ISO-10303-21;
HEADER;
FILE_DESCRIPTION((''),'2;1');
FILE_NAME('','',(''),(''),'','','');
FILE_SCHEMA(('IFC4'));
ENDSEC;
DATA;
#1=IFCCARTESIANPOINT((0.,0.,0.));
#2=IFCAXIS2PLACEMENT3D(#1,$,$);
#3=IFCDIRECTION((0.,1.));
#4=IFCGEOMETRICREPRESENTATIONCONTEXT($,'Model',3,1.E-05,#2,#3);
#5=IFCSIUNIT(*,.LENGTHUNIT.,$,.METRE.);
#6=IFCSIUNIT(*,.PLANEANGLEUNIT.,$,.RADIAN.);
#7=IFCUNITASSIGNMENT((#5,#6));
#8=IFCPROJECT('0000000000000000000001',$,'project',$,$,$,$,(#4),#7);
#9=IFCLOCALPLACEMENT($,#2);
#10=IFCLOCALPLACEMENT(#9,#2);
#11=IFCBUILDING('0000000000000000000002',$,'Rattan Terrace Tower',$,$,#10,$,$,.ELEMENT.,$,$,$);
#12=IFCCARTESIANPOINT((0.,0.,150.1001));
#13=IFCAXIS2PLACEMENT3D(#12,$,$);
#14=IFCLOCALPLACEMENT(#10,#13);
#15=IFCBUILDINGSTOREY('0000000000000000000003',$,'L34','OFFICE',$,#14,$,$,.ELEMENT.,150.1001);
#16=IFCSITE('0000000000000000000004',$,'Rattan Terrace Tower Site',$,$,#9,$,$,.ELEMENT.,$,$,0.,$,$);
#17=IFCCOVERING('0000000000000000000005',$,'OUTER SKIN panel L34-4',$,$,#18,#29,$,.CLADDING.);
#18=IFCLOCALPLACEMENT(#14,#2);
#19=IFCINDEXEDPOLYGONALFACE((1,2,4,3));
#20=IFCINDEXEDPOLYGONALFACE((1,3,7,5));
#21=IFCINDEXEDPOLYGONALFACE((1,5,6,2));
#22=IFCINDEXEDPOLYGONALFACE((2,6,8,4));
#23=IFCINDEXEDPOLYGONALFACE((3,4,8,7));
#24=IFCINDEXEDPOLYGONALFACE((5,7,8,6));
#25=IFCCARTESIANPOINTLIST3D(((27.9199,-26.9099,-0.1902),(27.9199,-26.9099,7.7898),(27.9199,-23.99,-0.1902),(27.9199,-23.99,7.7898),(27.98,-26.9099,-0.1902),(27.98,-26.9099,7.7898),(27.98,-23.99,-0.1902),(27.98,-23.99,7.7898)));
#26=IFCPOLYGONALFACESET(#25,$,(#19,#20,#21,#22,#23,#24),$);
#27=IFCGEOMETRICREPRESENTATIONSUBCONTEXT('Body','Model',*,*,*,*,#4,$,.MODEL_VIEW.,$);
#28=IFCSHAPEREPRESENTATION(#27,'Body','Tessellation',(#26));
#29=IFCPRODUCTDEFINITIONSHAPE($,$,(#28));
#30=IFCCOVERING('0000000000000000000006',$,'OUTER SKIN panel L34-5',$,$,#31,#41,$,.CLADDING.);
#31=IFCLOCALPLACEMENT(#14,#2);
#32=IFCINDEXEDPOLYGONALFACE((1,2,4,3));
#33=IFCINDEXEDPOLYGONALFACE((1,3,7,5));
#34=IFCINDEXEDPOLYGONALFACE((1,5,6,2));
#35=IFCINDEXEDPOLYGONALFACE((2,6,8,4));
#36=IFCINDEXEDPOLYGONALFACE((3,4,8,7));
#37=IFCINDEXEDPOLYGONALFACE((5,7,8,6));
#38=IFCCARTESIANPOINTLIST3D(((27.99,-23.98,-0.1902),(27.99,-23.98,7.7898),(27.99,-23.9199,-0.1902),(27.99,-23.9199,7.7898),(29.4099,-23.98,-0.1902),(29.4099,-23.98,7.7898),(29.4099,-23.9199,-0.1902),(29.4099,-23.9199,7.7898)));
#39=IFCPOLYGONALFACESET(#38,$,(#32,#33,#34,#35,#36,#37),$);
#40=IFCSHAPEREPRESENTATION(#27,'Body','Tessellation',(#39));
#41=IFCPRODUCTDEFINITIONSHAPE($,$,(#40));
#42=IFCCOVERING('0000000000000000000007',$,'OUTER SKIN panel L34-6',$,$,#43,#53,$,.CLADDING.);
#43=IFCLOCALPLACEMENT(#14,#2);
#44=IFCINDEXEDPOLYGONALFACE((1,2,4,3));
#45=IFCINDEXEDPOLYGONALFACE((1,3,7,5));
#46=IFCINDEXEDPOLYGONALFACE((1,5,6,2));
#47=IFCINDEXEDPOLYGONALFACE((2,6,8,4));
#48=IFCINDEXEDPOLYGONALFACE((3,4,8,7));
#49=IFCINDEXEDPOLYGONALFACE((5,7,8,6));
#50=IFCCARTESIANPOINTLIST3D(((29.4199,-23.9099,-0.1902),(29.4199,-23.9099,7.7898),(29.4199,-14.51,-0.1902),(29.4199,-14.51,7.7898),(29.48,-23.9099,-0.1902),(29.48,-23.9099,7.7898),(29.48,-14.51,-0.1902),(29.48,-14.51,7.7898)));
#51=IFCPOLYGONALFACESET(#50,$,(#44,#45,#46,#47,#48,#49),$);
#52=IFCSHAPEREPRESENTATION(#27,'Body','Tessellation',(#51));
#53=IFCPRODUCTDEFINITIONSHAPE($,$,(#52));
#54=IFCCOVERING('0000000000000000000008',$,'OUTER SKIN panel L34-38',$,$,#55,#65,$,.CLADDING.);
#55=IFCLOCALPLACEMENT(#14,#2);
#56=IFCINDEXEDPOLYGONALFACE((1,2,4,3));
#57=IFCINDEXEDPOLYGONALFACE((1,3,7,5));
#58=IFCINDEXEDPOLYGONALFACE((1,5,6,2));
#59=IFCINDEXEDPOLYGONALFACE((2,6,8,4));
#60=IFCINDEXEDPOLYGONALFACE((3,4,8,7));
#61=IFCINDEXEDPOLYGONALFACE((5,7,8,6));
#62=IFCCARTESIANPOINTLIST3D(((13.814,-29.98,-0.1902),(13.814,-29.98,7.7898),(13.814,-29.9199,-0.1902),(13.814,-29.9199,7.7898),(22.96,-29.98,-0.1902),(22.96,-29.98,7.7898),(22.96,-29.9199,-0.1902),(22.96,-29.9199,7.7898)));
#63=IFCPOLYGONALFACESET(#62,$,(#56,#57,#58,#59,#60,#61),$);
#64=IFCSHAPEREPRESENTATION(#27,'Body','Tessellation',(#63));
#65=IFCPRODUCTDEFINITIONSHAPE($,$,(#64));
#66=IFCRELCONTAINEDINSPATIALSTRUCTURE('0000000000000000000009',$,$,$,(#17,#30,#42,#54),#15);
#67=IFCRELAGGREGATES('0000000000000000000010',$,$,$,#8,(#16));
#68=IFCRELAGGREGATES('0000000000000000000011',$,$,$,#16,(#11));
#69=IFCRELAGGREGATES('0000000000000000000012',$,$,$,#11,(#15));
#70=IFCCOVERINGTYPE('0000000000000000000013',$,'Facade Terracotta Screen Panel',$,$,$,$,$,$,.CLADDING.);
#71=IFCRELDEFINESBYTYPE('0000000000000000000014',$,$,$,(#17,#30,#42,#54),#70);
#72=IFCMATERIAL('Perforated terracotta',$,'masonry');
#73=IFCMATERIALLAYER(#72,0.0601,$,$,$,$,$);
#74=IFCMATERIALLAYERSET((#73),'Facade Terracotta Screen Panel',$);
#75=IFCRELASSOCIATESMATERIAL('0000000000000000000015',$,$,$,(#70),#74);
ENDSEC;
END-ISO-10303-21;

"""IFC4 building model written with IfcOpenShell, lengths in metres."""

from ifc_helpers import new_model, si_unit, direction, frame, origin, origin_2d, place, context, subcontext, project, spatial, rectangle, extrude, material, layer, layer_set, type_object, element, save


model = new_model("IFC4")

# Units and contexts
model_context = context("Model", 3, precision=1e-05, world=origin(), true_north=direction((0.0, 1.0)))
body_context = subcontext(model_context, "Body", "Model", "MODEL_VIEW")
ifc_project = project(units=[si_unit("LENGTHUNIT", "METRE"), si_unit("PLANEANGLEUNIT", "RADIAN")], contexts=[model_context])

# Site, building, storey
site_placement = place(None, origin())
site = spatial("IfcSite", under=ifc_project, at=site_placement, Name="Rattan Terrace Tower Site", CompositionType="ELEMENT", RefElevation=0.0)
building_placement = place(site_placement, origin())
building = spatial("IfcBuilding", under=site, at=building_placement, Name="Rattan Terrace Tower", CompositionType="ELEMENT")
storey_placement = place(building_placement, frame((0.0, 0.0, 150.1001)))
storey = spatial("IfcBuildingStorey", under=building, at=storey_placement, Name="L34", Description="OFFICE", CompositionType="ELEMENT", Elevation=150.1001)

# Coverings
ifc_material_1 = material(Name="Perforated terracotta", Category="masonry")
ifc_layer_1 = layer(ifc_material_1, 0.0601)
ifc_layer_set_1 = layer_set([ifc_layer_1], Name="Facade Terracotta Screen Panel")
covering_type = type_object("IfcCoveringType", Name="Facade Terracotta Screen Panel", PredefinedType="CLADDING", material=ifc_layer_set_1)
covering_1_placement = place(storey_placement, frame((27.95, -25.45, -0.1902), z_axis=(0.0, 0.0, 1.0), x_axis=(0.0, 1.0, 0.0)))
element("IfcCovering", 1, at=covering_1_placement, inside=storey, type_object=covering_type, Name="OUTER SKIN panel L34-4", PredefinedType="CLADDING", context=body_context, shape_type="SweptSolid", body=[
    extrude(rectangle(XDim=2.9199, YDim=0.0601, at=origin_2d()), origin(), (0.0, 0.0, 1.0), 7.98),
])
covering_2_placement = place(storey_placement, frame((28.7, -23.95, -0.1902), z_axis=(0.0, 0.0, 1.0), x_axis=(1.0, 0.0, 0.0)))
element("IfcCovering", 2, at=covering_2_placement, inside=storey, type_object=covering_type, Name="OUTER SKIN panel L34-5", PredefinedType="CLADDING", context=body_context, shape_type="SweptSolid", body=[
    extrude(rectangle(XDim=1.4199, YDim=0.0601, at=origin_2d()), origin(), (0.0, 0.0, 1.0), 7.98),
])
covering_3_placement = place(storey_placement, frame((29.45, -19.21, -0.1902), z_axis=(0.0, 0.0, 1.0), x_axis=(0.0, 1.0, 0.0)))
element("IfcCovering", 3, at=covering_3_placement, inside=storey, type_object=covering_type, Name="OUTER SKIN panel L34-6", PredefinedType="CLADDING", context=body_context, shape_type="SweptSolid", body=[
    extrude(rectangle(XDim=9.3999, YDim=0.0601, at=origin_2d()), origin(), (0.0, 0.0, 1.0), 7.98),
])
covering_4_placement = place(storey_placement, frame((18.387, -29.95, -0.1902), z_axis=(0.0, 0.0, 1.0), x_axis=(1.0, 0.0, 0.0)))
element("IfcCovering", 4, at=covering_4_placement, inside=storey, type_object=covering_type, Name="OUTER SKIN panel L34-38", PredefinedType="CLADDING", context=body_context, shape_type="SweptSolid", body=[
    extrude(rectangle(XDim=9.146, YDim=0.0601, at=origin_2d()), origin(), (0.0, 0.0, 1.0), 7.98),
])

save(model, "model.ifc")
